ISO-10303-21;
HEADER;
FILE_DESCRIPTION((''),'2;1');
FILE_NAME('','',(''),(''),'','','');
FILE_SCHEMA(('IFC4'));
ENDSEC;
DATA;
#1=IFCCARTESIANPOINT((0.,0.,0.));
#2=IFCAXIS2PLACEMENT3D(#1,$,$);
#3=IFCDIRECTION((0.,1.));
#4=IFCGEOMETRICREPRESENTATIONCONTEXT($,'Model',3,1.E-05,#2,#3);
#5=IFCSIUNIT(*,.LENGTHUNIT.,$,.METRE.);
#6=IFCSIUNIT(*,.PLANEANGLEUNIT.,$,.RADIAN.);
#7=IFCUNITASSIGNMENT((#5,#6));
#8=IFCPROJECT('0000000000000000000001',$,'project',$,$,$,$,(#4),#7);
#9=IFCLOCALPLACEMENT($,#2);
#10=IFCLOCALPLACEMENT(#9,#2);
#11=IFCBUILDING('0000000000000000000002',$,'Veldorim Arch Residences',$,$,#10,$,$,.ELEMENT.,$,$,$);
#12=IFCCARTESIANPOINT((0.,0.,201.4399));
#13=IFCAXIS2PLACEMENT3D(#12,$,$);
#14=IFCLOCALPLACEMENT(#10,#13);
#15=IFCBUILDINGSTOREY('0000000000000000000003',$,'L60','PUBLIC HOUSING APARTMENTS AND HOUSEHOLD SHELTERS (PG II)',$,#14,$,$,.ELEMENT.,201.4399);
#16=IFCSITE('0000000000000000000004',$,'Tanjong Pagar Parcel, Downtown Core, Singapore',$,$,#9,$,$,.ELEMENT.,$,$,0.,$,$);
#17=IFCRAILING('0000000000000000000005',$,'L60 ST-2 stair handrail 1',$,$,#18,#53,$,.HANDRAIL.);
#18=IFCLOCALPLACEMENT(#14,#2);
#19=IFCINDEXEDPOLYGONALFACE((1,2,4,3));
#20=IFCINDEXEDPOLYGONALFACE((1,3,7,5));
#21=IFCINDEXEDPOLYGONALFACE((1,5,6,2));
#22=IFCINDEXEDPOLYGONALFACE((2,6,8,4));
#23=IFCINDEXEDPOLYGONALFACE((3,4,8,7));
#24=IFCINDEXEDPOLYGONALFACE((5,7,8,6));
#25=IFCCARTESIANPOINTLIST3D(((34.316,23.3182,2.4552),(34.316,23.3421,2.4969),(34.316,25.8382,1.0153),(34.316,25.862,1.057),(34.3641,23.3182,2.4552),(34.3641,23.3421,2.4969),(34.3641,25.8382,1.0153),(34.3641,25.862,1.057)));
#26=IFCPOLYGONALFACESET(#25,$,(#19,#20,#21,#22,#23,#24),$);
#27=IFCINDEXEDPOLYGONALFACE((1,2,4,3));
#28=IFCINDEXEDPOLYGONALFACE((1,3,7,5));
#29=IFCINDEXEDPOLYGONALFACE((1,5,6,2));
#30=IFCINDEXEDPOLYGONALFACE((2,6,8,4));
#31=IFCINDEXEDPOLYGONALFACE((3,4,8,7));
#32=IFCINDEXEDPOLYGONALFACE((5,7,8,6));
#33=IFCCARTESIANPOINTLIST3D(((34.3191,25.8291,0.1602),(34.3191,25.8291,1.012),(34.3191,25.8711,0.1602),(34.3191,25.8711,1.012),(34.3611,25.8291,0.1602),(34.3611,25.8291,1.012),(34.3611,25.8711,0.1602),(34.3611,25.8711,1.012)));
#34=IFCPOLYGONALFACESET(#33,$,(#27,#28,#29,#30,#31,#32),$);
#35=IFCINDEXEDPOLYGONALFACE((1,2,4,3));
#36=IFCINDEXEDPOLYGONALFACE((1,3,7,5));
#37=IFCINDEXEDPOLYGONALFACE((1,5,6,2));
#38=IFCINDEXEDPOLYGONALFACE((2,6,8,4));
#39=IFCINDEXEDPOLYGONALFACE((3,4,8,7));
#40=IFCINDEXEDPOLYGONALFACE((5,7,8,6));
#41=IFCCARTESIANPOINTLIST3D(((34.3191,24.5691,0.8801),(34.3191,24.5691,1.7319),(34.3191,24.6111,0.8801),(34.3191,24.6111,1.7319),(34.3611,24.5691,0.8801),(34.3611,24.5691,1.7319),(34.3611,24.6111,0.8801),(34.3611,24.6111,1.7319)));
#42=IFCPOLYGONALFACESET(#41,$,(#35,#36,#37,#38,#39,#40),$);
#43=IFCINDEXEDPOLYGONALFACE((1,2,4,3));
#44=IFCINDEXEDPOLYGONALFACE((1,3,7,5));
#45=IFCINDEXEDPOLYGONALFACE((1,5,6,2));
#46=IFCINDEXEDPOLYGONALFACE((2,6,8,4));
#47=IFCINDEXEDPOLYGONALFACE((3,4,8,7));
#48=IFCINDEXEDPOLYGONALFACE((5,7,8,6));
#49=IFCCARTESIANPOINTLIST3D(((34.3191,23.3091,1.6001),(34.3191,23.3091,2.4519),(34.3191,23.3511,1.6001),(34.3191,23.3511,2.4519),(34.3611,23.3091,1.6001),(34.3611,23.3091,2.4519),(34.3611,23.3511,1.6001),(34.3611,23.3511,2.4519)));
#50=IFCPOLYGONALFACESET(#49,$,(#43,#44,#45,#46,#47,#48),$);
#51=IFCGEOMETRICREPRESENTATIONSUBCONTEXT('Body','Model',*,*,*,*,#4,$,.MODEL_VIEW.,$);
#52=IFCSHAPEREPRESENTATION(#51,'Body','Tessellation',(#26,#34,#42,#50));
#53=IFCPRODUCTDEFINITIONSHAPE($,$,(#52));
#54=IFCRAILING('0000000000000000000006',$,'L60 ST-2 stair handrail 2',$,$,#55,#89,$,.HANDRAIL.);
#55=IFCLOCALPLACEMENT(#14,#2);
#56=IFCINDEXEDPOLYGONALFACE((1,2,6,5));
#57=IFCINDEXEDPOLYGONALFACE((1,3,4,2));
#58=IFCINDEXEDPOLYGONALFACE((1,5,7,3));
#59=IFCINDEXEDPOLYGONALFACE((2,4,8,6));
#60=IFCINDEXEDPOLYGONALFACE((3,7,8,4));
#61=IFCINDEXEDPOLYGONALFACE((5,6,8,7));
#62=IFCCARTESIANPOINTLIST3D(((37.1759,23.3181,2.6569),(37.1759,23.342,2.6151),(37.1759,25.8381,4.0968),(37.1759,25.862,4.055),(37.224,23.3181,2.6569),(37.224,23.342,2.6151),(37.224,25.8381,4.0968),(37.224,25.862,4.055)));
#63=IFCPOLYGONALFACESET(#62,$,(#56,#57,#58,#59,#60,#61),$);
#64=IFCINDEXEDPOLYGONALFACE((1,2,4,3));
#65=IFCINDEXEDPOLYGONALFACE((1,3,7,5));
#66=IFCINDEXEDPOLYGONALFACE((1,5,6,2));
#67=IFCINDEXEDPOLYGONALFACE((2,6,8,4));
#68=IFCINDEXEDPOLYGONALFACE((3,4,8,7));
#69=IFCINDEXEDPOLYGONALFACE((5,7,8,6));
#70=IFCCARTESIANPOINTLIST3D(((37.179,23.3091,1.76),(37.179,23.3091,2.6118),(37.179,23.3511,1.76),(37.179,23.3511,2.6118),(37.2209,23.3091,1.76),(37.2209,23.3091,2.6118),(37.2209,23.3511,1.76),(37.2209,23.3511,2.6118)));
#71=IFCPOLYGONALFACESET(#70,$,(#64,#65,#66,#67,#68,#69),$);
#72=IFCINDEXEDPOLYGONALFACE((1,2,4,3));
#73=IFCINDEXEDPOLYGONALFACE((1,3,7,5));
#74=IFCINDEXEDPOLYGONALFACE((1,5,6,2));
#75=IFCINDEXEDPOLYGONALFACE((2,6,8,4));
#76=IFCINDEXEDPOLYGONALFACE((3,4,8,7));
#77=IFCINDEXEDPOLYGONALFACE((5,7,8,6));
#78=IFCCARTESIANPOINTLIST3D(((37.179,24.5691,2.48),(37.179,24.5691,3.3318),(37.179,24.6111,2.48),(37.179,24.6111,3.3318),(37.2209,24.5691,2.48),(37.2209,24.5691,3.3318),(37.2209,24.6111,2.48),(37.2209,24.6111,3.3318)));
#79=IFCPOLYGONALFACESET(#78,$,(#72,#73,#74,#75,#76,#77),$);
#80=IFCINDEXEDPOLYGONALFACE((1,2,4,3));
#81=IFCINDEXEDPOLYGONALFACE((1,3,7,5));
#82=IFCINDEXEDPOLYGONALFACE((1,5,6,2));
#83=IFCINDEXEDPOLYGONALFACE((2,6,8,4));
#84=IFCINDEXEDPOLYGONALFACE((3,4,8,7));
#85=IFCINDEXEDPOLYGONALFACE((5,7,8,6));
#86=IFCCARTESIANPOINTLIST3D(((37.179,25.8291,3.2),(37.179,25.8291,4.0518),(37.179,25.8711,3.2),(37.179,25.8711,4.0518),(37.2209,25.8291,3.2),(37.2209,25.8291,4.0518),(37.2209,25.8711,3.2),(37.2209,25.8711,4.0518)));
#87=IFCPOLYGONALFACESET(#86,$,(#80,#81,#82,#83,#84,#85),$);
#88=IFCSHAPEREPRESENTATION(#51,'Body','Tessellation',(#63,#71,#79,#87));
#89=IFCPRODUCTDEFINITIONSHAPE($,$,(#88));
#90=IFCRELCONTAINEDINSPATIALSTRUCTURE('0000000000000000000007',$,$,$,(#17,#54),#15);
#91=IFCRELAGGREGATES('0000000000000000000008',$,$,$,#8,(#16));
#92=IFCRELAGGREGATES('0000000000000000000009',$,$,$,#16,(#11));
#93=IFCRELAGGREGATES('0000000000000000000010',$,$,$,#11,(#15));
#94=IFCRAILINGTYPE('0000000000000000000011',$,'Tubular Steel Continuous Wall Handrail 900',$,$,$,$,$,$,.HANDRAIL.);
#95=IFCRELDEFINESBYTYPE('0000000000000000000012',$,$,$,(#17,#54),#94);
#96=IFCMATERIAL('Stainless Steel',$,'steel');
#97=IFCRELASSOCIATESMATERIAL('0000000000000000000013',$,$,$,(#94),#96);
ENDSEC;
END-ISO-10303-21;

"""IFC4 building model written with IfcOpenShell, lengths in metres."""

from ifc_helpers import new_model, si_unit, direction, frame, origin, origin_2d, place, context, subcontext, project, spatial, rectangle, extrude, material, type_object, element, save


model = new_model("IFC4")

# Units and contexts
model_context = context("Model", 3, precision=1e-05, world=origin(), true_north=direction((0.0, 1.0)))
body_context = subcontext(model_context, "Body", "Model", "MODEL_VIEW")
ifc_project = project(units=[si_unit("LENGTHUNIT", "METRE"), si_unit("PLANEANGLEUNIT", "RADIAN")], contexts=[model_context])

# Site, building, storey
site_placement = place(None, origin())
site = spatial("IfcSite", under=ifc_project, at=site_placement, Name="Tanjong Pagar Parcel, Downtown Core, Singapore", CompositionType="ELEMENT", RefElevation=0.0)
building_placement = place(site_placement, origin())
building = spatial("IfcBuilding", under=site, at=building_placement, Name="Veldorim Arch Residences", CompositionType="ELEMENT")
storey_placement = place(building_placement, frame((0.0, 0.0, 201.4399)))
storey = spatial("IfcBuildingStorey", under=building, at=storey_placement, Name="L60", Description="PUBLIC HOUSING APARTMENTS AND HOUSEHOLD SHELTERS (PG II)", CompositionType="ELEMENT", Elevation=201.4399)

# Railings
ifc_material_1 = material(Name="Stainless Steel", Category="steel")
railing_type_1 = type_object("IfcRailingType", Name="Tubular Steel Continuous Wall Handrail 900", PredefinedType="HANDRAIL", material=ifc_material_1)
railing_1_placement = place(storey_placement, frame((34.3401, 25.8501, 0.1602)))
element("IfcRailing", 1, at=railing_1_placement, inside=storey, type_object=railing_type_1, Name="L60 ST-2 stair handrail 1", PredefinedType="HANDRAIL", context=body_context, shape_type="SweptSolid", body=[
    extrude(rectangle(XDim=0.0481, YDim=0.0481, at=origin_2d()), frame((0.0, 0.0, 0.876), z_axis=(0.0, -0.868253, 0.496121), x_axis=(1.0, 0.0, 0.0)), (0.0, 0.0, 1.0), 2.9023),
    extrude(rectangle(XDim=0.042, YDim=0.042, at=origin_2d()), origin(), (0.0, 0.0, 1.0), 0.8518),
    extrude(rectangle(XDim=0.042, YDim=0.042, at=origin_2d()), frame((0.0, -1.26, 0.72)), (0.0, 0.0, 1.0), 0.8518),
    extrude(rectangle(XDim=0.042, YDim=0.042, at=origin_2d()), frame((0.0, -2.52, 1.4399)), (0.0, 0.0, 1.0), 0.8518),
])
railing_2_placement = place(storey_placement, frame((37.2, 23.3301, 1.76)))
element("IfcRailing", 2, at=railing_2_placement, inside=storey, type_object=railing_type_1, Name="L60 ST-2 stair handrail 2", PredefinedType="HANDRAIL", context=body_context, shape_type="SweptSolid", body=[
    extrude(rectangle(XDim=0.0481, YDim=0.0481, at=origin_2d()), frame((0.0, 0.0, 0.876), z_axis=(0.0, 0.868253, 0.496121), x_axis=(-1.0, 0.0, 0.0)), (0.0, 0.0, 1.0), 2.9023),
    extrude(rectangle(XDim=0.042, YDim=0.042, at=origin_2d()), origin(), (0.0, 0.0, 1.0), 0.8518),
    extrude(rectangle(XDim=0.042, YDim=0.042, at=origin_2d()), frame((0.0, 1.26, 0.72)), (0.0, 0.0, 1.0), 0.8518),
    extrude(rectangle(XDim=0.042, YDim=0.042, at=origin_2d()), frame((0.0, 2.52, 1.4399)), (0.0, 0.0, 1.0), 0.8518),
])

save(model, "model.ifc")
